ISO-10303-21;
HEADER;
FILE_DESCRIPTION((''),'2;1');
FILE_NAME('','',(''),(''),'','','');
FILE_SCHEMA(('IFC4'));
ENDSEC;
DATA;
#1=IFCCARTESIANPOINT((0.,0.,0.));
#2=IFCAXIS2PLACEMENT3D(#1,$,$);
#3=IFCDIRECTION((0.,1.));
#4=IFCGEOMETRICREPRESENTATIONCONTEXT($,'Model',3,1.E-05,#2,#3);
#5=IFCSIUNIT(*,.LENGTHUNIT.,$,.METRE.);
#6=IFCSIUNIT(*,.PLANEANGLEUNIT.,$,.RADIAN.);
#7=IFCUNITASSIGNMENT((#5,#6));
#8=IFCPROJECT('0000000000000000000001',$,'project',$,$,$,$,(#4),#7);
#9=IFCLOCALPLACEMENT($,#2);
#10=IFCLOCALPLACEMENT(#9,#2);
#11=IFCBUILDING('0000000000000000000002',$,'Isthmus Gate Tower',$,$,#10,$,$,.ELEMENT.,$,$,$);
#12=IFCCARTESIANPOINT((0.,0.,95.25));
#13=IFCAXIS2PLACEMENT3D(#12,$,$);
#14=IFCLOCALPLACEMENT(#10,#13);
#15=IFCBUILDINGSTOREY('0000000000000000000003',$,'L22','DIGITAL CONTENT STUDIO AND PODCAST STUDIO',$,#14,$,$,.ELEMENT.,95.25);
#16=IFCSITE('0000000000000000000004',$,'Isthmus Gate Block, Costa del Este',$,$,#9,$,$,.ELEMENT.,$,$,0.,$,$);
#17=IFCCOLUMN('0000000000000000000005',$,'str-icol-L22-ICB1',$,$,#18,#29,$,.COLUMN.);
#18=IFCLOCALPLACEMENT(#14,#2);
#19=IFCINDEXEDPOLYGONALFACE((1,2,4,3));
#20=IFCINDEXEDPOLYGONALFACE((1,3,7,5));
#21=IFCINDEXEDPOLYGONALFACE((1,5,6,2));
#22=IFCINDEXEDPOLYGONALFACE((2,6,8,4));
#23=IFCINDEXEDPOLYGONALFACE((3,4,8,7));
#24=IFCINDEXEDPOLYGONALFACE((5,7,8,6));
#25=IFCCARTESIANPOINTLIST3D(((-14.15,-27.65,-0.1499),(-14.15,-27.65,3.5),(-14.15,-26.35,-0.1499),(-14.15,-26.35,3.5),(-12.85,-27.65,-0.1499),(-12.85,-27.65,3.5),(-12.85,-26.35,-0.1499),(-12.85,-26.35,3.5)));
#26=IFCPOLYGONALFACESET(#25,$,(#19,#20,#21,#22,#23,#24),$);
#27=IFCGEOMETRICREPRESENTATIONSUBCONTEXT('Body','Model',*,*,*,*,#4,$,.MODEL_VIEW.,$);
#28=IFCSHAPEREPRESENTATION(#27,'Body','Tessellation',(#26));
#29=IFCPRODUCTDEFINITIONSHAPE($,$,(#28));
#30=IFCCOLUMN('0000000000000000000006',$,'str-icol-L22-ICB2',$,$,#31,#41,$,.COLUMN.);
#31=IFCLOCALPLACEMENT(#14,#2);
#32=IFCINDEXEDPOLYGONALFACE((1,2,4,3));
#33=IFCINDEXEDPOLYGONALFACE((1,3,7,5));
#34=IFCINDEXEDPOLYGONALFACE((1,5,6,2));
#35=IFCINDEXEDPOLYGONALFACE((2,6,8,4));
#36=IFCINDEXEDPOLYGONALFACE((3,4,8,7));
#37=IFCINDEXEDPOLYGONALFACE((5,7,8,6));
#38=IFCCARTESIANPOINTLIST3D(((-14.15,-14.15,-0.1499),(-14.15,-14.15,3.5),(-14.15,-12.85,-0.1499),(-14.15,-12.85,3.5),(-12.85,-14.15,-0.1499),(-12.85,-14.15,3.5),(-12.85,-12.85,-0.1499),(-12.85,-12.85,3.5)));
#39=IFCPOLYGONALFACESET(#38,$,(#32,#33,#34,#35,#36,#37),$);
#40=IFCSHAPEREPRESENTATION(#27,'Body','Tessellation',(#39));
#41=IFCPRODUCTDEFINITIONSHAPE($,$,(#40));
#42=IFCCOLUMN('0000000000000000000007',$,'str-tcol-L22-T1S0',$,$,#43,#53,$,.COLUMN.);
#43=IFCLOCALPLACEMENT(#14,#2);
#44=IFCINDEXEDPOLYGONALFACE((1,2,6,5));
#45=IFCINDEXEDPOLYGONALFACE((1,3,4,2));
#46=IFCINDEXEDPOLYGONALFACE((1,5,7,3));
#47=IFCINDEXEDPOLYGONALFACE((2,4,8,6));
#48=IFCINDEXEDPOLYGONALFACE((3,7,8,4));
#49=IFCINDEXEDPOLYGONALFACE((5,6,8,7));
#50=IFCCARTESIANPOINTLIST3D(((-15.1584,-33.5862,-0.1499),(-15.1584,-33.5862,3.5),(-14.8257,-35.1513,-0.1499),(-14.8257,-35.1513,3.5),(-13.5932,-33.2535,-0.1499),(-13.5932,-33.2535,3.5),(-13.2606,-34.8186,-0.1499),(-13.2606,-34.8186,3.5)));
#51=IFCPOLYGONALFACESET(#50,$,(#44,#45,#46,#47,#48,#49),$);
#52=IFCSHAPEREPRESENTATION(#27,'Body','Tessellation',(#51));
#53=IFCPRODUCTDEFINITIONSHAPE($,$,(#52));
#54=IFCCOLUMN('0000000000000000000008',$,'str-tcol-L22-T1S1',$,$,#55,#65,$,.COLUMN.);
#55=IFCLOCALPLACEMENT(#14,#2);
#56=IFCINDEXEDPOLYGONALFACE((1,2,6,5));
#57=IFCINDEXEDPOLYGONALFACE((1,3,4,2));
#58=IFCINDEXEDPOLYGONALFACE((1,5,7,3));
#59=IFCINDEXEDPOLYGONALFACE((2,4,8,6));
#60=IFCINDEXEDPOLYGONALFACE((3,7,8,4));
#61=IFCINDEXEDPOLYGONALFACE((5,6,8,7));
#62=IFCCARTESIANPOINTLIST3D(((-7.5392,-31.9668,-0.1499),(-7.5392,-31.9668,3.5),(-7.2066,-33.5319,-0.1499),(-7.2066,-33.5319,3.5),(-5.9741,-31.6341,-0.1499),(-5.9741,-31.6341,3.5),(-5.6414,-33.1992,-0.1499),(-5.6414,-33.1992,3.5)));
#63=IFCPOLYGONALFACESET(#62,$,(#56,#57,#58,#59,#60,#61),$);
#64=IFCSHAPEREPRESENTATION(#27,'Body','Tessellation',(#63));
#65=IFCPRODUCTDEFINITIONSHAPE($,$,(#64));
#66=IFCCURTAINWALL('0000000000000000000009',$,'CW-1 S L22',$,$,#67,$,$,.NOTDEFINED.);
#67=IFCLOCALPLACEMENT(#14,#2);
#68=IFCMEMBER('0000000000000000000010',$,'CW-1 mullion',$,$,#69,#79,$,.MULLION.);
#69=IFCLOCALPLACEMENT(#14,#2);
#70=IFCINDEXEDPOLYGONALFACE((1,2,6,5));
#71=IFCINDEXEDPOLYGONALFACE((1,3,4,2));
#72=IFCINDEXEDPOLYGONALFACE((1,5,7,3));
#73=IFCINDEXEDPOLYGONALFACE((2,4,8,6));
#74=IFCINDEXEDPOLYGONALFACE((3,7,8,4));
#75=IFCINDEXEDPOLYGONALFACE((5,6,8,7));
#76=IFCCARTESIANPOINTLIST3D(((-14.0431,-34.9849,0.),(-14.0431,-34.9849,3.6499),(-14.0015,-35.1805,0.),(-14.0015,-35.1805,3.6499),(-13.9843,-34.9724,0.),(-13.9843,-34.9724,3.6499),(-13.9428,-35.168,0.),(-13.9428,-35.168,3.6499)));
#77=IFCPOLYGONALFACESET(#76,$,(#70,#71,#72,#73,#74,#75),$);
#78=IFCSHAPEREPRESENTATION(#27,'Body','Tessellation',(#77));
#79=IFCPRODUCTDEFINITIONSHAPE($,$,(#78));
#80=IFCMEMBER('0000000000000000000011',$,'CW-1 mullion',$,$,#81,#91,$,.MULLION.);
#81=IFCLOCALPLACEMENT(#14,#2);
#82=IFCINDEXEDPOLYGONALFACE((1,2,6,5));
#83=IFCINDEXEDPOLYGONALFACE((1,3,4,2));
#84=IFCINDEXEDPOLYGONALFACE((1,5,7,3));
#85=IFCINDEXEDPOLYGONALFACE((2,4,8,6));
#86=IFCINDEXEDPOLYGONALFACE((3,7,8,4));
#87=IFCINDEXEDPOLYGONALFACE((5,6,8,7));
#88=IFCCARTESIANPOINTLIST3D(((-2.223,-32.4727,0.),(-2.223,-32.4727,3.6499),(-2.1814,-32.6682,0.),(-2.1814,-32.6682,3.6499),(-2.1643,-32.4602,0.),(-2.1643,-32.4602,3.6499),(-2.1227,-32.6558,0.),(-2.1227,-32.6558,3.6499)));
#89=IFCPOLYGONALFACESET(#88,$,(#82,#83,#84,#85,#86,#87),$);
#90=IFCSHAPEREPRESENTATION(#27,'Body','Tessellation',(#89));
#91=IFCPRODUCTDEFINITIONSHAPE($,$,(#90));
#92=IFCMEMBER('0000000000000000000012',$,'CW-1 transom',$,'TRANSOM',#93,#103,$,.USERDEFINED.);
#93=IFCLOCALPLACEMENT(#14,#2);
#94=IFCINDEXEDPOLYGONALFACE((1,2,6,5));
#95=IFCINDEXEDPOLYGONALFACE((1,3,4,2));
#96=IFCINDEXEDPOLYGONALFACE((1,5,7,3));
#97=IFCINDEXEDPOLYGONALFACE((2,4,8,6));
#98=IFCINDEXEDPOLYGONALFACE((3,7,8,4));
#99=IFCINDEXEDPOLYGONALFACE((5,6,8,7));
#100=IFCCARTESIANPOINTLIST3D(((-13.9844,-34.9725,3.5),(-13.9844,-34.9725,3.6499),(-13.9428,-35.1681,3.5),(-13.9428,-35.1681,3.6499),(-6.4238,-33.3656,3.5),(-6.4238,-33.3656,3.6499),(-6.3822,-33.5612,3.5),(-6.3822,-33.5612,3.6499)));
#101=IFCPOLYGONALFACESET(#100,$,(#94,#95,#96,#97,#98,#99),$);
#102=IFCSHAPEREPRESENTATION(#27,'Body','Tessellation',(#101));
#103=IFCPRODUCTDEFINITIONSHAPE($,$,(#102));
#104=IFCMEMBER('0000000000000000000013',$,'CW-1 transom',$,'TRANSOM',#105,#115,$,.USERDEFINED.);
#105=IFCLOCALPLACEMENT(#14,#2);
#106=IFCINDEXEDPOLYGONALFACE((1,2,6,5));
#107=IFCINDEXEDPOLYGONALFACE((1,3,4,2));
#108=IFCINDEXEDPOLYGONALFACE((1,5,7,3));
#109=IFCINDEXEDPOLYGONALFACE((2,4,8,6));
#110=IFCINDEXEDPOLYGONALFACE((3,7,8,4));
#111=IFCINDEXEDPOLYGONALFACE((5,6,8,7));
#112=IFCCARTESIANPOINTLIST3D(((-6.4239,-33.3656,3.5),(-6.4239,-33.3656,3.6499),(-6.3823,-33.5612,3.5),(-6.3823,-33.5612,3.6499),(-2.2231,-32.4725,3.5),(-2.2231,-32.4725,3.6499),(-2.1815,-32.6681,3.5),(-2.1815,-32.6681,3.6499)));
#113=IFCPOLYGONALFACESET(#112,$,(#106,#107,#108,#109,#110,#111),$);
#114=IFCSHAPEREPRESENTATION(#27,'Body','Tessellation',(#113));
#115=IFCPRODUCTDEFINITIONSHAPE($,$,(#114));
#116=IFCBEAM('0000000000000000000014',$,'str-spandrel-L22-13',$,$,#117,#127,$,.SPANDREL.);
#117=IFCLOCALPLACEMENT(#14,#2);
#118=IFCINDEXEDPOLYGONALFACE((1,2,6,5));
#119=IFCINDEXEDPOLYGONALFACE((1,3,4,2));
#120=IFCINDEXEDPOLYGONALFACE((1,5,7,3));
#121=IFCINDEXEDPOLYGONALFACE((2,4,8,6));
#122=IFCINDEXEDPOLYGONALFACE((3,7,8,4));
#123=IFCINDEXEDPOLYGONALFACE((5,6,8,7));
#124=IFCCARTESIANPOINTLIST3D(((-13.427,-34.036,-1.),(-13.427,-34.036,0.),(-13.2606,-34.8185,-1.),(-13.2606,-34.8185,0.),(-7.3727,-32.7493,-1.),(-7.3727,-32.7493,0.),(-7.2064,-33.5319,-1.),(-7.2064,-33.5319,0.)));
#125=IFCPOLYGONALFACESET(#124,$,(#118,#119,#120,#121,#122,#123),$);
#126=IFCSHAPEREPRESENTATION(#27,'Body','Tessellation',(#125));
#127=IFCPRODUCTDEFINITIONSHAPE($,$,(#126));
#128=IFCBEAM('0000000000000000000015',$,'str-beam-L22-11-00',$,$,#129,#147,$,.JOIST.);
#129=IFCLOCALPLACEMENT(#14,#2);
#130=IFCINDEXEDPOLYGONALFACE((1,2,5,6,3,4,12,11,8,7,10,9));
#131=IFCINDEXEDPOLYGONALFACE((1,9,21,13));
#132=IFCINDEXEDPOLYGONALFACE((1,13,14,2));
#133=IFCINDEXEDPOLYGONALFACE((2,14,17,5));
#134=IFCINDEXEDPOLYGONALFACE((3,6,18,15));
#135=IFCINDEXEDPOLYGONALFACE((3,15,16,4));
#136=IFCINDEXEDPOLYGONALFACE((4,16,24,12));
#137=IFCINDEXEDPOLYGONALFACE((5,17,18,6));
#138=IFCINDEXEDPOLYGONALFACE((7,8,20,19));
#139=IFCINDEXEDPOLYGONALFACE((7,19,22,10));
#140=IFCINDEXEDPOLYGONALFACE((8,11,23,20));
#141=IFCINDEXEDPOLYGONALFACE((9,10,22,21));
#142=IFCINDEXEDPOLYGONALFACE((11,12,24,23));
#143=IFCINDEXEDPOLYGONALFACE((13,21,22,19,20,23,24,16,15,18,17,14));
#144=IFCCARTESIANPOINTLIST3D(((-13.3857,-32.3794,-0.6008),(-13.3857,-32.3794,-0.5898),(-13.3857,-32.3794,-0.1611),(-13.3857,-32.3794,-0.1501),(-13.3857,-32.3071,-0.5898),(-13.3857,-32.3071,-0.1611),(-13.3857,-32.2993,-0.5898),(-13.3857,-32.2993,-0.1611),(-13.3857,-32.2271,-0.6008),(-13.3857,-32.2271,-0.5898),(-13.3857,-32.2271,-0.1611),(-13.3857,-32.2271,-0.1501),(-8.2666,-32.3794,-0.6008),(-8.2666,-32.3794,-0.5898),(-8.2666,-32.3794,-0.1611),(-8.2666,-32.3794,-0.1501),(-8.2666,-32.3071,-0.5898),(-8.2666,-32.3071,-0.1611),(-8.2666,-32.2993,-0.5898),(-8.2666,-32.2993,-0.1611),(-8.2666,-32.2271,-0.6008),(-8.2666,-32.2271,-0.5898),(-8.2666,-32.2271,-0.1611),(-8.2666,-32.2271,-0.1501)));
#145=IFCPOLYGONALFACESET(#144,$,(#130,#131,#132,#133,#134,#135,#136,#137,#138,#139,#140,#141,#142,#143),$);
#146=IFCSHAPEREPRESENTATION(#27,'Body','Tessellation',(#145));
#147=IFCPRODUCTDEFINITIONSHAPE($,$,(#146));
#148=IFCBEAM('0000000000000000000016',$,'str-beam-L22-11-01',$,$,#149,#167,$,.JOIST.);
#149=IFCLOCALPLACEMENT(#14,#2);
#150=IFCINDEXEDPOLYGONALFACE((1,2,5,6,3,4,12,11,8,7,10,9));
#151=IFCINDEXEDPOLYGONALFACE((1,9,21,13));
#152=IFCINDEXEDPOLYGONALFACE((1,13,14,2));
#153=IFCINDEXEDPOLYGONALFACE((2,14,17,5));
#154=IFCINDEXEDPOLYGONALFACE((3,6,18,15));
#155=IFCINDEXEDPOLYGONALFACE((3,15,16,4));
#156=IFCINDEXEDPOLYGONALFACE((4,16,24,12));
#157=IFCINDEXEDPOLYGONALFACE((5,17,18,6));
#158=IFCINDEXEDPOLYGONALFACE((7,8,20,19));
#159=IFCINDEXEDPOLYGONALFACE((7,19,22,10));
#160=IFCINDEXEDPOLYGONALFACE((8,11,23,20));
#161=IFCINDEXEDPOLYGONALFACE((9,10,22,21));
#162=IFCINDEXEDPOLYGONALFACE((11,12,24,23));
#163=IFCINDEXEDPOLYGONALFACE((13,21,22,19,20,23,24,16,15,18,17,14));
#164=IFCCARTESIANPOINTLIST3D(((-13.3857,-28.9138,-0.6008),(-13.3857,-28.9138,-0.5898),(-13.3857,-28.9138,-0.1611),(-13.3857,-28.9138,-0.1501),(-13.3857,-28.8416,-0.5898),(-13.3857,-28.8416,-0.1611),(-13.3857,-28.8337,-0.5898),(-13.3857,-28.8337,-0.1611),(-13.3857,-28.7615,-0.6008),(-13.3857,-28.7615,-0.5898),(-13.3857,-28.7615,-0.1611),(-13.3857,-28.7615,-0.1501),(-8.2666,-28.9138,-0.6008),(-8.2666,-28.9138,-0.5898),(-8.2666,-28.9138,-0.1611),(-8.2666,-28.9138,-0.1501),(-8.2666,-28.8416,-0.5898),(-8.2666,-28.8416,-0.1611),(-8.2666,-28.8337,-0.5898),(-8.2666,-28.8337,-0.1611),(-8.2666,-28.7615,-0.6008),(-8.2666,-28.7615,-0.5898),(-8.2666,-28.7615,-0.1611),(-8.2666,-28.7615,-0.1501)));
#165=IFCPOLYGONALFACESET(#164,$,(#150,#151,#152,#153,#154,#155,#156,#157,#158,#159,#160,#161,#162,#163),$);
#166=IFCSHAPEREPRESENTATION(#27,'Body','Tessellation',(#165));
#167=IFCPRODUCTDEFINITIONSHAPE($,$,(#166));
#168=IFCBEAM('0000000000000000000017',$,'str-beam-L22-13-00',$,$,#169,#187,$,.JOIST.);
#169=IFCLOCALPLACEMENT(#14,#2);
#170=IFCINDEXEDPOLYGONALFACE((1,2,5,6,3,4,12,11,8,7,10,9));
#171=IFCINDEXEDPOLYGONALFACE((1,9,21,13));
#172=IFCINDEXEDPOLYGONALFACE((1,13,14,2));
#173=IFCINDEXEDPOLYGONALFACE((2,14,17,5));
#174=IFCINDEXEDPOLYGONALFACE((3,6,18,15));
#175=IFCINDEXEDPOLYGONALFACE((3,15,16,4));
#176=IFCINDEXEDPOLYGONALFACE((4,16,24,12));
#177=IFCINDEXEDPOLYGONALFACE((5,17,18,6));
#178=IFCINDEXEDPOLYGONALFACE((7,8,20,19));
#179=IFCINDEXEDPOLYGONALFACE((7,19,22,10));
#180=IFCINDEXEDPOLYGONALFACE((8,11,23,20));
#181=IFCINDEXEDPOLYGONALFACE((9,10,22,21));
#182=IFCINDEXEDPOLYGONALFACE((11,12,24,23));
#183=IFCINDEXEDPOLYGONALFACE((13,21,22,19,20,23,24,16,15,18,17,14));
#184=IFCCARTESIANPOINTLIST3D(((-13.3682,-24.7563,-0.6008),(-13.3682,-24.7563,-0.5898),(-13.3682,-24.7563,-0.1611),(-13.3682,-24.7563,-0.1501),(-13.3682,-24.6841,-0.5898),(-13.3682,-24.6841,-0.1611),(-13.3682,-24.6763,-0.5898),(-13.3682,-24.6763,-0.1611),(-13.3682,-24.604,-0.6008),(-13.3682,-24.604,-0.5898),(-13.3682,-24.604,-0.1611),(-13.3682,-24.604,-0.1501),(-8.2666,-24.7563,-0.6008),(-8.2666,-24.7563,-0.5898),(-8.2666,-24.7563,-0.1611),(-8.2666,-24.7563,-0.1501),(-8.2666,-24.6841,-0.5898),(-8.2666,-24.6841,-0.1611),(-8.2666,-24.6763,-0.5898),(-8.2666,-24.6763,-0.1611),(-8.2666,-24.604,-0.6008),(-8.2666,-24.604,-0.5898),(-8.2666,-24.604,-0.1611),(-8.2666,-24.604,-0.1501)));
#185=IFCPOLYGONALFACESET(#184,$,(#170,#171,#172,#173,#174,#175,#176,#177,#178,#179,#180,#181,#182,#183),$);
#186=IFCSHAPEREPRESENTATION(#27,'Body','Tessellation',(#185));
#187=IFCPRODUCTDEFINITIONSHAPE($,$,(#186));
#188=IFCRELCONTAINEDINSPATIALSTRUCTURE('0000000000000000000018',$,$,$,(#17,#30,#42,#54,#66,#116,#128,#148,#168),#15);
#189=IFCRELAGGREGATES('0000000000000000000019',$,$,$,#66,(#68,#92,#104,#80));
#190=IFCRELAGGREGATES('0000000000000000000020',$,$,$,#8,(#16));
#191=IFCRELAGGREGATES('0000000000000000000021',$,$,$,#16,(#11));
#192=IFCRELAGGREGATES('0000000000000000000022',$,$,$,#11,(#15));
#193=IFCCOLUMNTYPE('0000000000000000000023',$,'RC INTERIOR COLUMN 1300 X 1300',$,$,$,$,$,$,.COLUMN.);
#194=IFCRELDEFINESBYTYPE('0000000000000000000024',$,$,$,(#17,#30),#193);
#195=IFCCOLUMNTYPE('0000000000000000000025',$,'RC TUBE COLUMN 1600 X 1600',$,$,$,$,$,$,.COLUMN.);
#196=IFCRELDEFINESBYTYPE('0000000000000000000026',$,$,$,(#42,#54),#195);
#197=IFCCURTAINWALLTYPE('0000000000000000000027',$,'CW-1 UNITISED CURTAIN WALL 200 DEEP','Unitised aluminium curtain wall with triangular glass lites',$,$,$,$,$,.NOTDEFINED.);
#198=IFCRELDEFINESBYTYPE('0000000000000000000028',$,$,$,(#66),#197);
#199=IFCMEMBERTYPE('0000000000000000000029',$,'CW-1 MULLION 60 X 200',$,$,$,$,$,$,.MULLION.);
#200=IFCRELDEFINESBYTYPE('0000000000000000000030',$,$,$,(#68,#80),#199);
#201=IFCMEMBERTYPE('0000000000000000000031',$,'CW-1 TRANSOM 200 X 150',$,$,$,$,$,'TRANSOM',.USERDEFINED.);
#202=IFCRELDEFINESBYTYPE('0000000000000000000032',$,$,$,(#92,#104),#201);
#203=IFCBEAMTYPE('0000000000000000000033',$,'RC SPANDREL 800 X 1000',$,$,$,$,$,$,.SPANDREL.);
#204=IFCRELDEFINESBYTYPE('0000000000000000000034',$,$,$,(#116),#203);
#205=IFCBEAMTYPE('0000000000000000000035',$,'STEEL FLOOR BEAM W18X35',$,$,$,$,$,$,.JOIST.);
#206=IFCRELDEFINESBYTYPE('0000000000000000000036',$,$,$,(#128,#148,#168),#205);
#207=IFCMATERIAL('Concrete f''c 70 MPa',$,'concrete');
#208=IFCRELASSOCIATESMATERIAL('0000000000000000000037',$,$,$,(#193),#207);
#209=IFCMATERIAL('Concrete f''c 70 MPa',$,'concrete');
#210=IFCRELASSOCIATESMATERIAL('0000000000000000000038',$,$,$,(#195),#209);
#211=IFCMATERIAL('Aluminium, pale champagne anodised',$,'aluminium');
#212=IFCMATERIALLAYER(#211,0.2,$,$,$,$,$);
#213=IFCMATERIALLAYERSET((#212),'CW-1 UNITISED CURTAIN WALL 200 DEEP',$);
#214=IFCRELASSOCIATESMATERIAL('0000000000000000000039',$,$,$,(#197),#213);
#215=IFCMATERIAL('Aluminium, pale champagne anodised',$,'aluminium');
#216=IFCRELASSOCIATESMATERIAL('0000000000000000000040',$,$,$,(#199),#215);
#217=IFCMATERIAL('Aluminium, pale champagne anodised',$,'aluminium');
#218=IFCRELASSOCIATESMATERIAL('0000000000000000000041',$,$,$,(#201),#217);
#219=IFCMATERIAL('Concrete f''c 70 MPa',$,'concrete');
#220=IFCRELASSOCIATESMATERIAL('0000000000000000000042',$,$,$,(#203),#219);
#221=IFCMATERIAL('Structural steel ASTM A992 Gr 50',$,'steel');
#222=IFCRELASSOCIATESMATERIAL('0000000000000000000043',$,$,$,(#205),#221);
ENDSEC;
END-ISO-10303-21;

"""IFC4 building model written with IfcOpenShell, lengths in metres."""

from ifc_helpers import new_model, si_unit, direction, frame, origin, origin_2d, place, context, subcontext, project, spatial, rectangle, i_section, extrude, material, layer, layer_set, material_profile, profile_set, type_object, element, aggregate, save


model = new_model("IFC4")

# Units and contexts
model_context = context("Model", 3, precision=1e-05, world=origin(), true_north=direction((0.0, 1.0)))
body_context = subcontext(model_context, "Body", "Model", "MODEL_VIEW")
ifc_project = project(units=[si_unit("LENGTHUNIT", "METRE"), si_unit("PLANEANGLEUNIT", "RADIAN")], contexts=[model_context])

# Site, building, storey
site_placement = place(None, origin())
site = spatial("IfcSite", under=ifc_project, at=site_placement, Name="Isthmus Gate Block, Costa del Este", CompositionType="ELEMENT", RefElevation=0.0)
building_placement = place(site_placement, origin())
building = spatial("IfcBuilding", under=site, at=building_placement, Name="Isthmus Gate Tower", CompositionType="ELEMENT")
storey_placement = place(building_placement, frame((0.0, 0.0, 95.25)))
storey = spatial("IfcBuildingStorey", under=building, at=storey_placement, Name="L22", Description="DIGITAL CONTENT STUDIO AND PODCAST STUDIO", CompositionType="ELEMENT", Elevation=95.25)

# Columns
ifc_material_1 = material(Name="Concrete f'c 70 MPa", Category="concrete")
ifc_material_profile_1 = material_profile(ifc_material_1, rectangle(XDim=1.3, YDim=1.3, at=origin_2d()), Name="RC 1300X1300")
ifc_profile_set_1 = profile_set([ifc_material_profile_1], Name="Concrete f'c 70 MPa")
column_type_1 = type_object("IfcColumnType", Name="RC INTERIOR COLUMN 1300 X 1300", PredefinedType="COLUMN", material=ifc_profile_set_1)
for number, where, z_axis, x_axis, name in (
    (1, (-13.5, -27.0, -0.1499), (0.0, 0.0, 1.0), (1.0, 0.0, 0.0), "str-icol-L22-ICB1"),
    (2, (-13.5, -13.5, -0.1499), (0.0, 0.0, 1.0), (1.0, 0.0, 0.0), "str-icol-L22-ICB2"),
):
    element("IfcColumn", number, at=place(storey_placement, frame(where, z_axis=z_axis, x_axis=x_axis)), inside=storey, type_object=column_type_1, Name=name, PredefinedType="COLUMN", context=body_context, shape_type="SweptSolid", body=[
        extrude(rectangle(XDim=1.3, YDim=1.3, at=origin_2d()), origin(), (0.0, 0.0, 1.0), 3.6499),
    ])
ifc_material_2 = material(Name="Concrete f'c 70 MPa", Category="concrete")
ifc_material_profile_2 = material_profile(ifc_material_2, rectangle(XDim=1.6001, YDim=1.6001, at=origin_2d()), Name="RC 1600X1600")
ifc_profile_set_2 = profile_set([ifc_material_profile_2], Name="Concrete f'c 70 MPa")
column_type_2 = type_object("IfcColumnType", Name="RC TUBE COLUMN 1600 X 1600", PredefinedType="COLUMN", material=ifc_profile_set_2)
for number, where, z_axis, x_axis, name in (
    (3, (-14.2095, -34.2024, -0.1499), (0.0, 0.0, 1.0), (0.978148, 0.207912, 0.0), "str-tcol-L22-T1S0"),
    (4, (-6.5903, -32.583, -0.1499), (0.0, 0.0, 1.0), (0.978148, 0.207912, 0.0), "str-tcol-L22-T1S1"),
):
    element("IfcColumn", number, at=place(storey_placement, frame(where, z_axis=z_axis, x_axis=x_axis)), inside=storey, type_object=column_type_2, Name=name, PredefinedType="COLUMN", context=body_context, shape_type="SweptSolid", body=[
        extrude(rectangle(XDim=1.6001, YDim=1.6001, at=origin_2d()), origin(), (0.0, 0.0, 1.0), 3.6499),
    ])

# Curtain wall, members
ifc_material_3 = material(Name="Aluminium, pale champagne anodised", Category="aluminium")
ifc_layer_1 = layer(ifc_material_3, 0.2)
ifc_layer_set_1 = layer_set([ifc_layer_1], Name="CW-1 UNITISED CURTAIN WALL 200 DEEP")
curtain_wall_type = type_object("IfcCurtainWallType", Name="CW-1 UNITISED CURTAIN WALL 200 DEEP", Description="Unitised aluminium curtain wall with triangular glass lites", PredefinedType="NOTDEFINED", material=ifc_layer_set_1)
curtain_wall_placement = place(storey_placement, origin())
curtain_wall = element("IfcCurtainWall", 5, at=curtain_wall_placement, inside=storey, type_object=curtain_wall_type, Name="CW-1 S L22", PredefinedType="NOTDEFINED")
ifc_material_4 = material(Name="Aluminium, pale champagne anodised", Category="aluminium")
ifc_material_profile_3 = material_profile(ifc_material_4, rectangle(XDim=0.0601, YDim=0.2, at=origin_2d()), Name="60x200")
ifc_profile_set_3 = profile_set([ifc_material_profile_3], Name="Aluminium, pale champagne anodised")
member_type_1 = type_object("IfcMemberType", Name="CW-1 MULLION 60 X 200", PredefinedType="MULLION", material=ifc_profile_set_3)
member_1_placement = place(storey_placement, frame((-13.9929, -35.0764, 0.0), z_axis=(0.0, 0.0, 1.0), x_axis=(0.978148, 0.207912, 0.0)))
member_1 = element("IfcMember", 6, at=member_1_placement, type_object=member_type_1, Name="CW-1 mullion", PredefinedType="MULLION", context=body_context, shape_type="SweptSolid", body=[
    extrude(rectangle(XDim=0.0601, YDim=0.2, at=origin_2d()), origin(), (0.0, 0.0, 1.0), 3.6499),
])
member_2_placement = place(storey_placement, frame((-2.1729, -32.5642, 0.0), z_axis=(0.0, 0.0, 1.0), x_axis=(0.978148, 0.207912, 0.0)))
member_2 = element("IfcMember", 7, at=member_2_placement, type_object=member_type_1, Name="CW-1 mullion", PredefinedType="MULLION", context=body_context, shape_type="SweptSolid", body=[
    extrude(rectangle(XDim=0.0601, YDim=0.2, at=origin_2d()), origin(), (0.0, 0.0, 1.0), 3.6499),
])
ifc_material_5 = material(Name="Aluminium, pale champagne anodised", Category="aluminium")
ifc_material_profile_4 = material_profile(ifc_material_5, rectangle(XDim=0.2, YDim=0.1499, at=origin_2d()), Name="200x150")
ifc_profile_set_4 = profile_set([ifc_material_profile_4], Name="Aluminium, pale champagne anodised")
member_type_2 = type_object("IfcMemberType", Name="CW-1 TRANSOM 200 X 150", ElementType="TRANSOM", PredefinedType="USERDEFINED", material=ifc_profile_set_4)
member_3_placement = place(storey_placement, frame((-13.9636, -35.0703, 3.575), z_axis=(0.978151, 0.207898, 0.0), x_axis=(-0.207898, 0.978151, 0.0)))
member_3 = element("IfcMember", 8, at=member_3_placement, type_object=member_type_2, Name="CW-1 transom", ObjectType="TRANSOM", PredefinedType="USERDEFINED", context=body_context, shape_type="SweptSolid", body=[
    extrude(rectangle(XDim=0.2, YDim=0.1499, at=origin_2d()), origin(), (0.0, 0.0, 1.0), 7.7295),
])
member_4_placement = place(storey_placement, frame((-6.4031, -33.4634, 3.575), z_axis=(0.978139, 0.207953, 0.0), x_axis=(-0.207953, 0.978139, 0.0)))
member_4 = element("IfcMember", 9, at=member_4_placement, type_object=member_type_2, Name="CW-1 transom", ObjectType="TRANSOM", PredefinedType="USERDEFINED", context=body_context, shape_type="SweptSolid", body=[
    extrude(rectangle(XDim=0.2, YDim=0.1499, at=origin_2d()), origin(), (0.0, 0.0, 1.0), 4.2947),
])

# Beams
ifc_material_6 = material(Name="Concrete f'c 70 MPa", Category="concrete")
ifc_material_profile_5 = material_profile(ifc_material_6, rectangle(XDim=0.8, YDim=1.0, at=origin_2d()), Name="RC 800X1000")
ifc_profile_set_5 = profile_set([ifc_material_profile_5], Name="Concrete f'c 70 MPa")
beam_type_1 = type_object("IfcBeamType", Name="RC SPANDREL 800 X 1000", PredefinedType="SPANDREL", material=ifc_profile_set_5)
beam_1_placement = place(storey_placement, frame((-7.2896, -33.1406, -0.5), z_axis=(-0.978155, -0.207875, 0.0), x_axis=(0.207875, -0.978155, 0.0)))
element("IfcBeam", 10, at=beam_1_placement, inside=storey, type_object=beam_type_1, Name="str-spandrel-L22-13", PredefinedType="SPANDREL", context=body_context, shape_type="SweptSolid", body=[
    extrude(rectangle(XDim=0.8, YDim=1.0, at=origin_2d()), origin(), (0.0, 0.0, 1.0), 6.1895),
])
ifc_material_7 = material(Name="Structural steel ASTM A992 Gr 50", Category="steel")
ifc_material_profile_6 = material_profile(ifc_material_7, i_section(OverallWidth=0.1523, OverallDepth=0.4507, WebThickness=0.0078, FlangeThickness=0.011, at=origin_2d()), Name="W18X35")
ifc_profile_set_6 = profile_set([ifc_material_profile_6], Name="Structural steel ASTM A992 Gr 50")
beam_type_2 = type_object("IfcBeamType", Name="STEEL FLOOR BEAM W18X35", PredefinedType="JOIST", material=ifc_profile_set_6)
for number, where, z_axis, x_axis, name in (
    (11, (-13.3857, -32.3032, -0.3755), (1.0, 0.0, 0.0), (0.0, 1.0, 0.0), "str-beam-L22-11-00"),
    (12, (-13.3857, -28.8376, -0.3755), (1.0, 0.0, 0.0), (0.0, 1.0, 0.0), "str-beam-L22-11-01"),
):
    element("IfcBeam", number, at=place(storey_placement, frame(where, z_axis=z_axis, x_axis=x_axis)), inside=storey, type_object=beam_type_2, Name=name, PredefinedType="JOIST", context=body_context, shape_type="SweptSolid", body=[
        extrude(i_section(OverallWidth=0.1523, OverallDepth=0.4507, WebThickness=0.0078, FlangeThickness=0.011, at=origin_2d()), origin(), (0.0, 0.0, 1.0), 5.1191),
    ])
for number, where, z_axis, x_axis, name in (
    (13, (-13.3682, -24.6802, -0.3755), (1.0, 0.0, 0.0), (0.0, 1.0, 0.0), "str-beam-L22-13-00"),
):
    element("IfcBeam", number, at=place(storey_placement, frame(where, z_axis=z_axis, x_axis=x_axis)), inside=storey, type_object=beam_type_2, Name=name, PredefinedType="JOIST", context=body_context, shape_type="SweptSolid", body=[
        extrude(i_section(OverallWidth=0.1523, OverallDepth=0.4507, WebThickness=0.0078, FlangeThickness=0.011, at=origin_2d()), origin(), (0.0, 0.0, 1.0), 5.1016),
    ])

aggregate(curtain_wall, [member_1, member_3, member_4, member_2])

save(model, "model.ifc")
